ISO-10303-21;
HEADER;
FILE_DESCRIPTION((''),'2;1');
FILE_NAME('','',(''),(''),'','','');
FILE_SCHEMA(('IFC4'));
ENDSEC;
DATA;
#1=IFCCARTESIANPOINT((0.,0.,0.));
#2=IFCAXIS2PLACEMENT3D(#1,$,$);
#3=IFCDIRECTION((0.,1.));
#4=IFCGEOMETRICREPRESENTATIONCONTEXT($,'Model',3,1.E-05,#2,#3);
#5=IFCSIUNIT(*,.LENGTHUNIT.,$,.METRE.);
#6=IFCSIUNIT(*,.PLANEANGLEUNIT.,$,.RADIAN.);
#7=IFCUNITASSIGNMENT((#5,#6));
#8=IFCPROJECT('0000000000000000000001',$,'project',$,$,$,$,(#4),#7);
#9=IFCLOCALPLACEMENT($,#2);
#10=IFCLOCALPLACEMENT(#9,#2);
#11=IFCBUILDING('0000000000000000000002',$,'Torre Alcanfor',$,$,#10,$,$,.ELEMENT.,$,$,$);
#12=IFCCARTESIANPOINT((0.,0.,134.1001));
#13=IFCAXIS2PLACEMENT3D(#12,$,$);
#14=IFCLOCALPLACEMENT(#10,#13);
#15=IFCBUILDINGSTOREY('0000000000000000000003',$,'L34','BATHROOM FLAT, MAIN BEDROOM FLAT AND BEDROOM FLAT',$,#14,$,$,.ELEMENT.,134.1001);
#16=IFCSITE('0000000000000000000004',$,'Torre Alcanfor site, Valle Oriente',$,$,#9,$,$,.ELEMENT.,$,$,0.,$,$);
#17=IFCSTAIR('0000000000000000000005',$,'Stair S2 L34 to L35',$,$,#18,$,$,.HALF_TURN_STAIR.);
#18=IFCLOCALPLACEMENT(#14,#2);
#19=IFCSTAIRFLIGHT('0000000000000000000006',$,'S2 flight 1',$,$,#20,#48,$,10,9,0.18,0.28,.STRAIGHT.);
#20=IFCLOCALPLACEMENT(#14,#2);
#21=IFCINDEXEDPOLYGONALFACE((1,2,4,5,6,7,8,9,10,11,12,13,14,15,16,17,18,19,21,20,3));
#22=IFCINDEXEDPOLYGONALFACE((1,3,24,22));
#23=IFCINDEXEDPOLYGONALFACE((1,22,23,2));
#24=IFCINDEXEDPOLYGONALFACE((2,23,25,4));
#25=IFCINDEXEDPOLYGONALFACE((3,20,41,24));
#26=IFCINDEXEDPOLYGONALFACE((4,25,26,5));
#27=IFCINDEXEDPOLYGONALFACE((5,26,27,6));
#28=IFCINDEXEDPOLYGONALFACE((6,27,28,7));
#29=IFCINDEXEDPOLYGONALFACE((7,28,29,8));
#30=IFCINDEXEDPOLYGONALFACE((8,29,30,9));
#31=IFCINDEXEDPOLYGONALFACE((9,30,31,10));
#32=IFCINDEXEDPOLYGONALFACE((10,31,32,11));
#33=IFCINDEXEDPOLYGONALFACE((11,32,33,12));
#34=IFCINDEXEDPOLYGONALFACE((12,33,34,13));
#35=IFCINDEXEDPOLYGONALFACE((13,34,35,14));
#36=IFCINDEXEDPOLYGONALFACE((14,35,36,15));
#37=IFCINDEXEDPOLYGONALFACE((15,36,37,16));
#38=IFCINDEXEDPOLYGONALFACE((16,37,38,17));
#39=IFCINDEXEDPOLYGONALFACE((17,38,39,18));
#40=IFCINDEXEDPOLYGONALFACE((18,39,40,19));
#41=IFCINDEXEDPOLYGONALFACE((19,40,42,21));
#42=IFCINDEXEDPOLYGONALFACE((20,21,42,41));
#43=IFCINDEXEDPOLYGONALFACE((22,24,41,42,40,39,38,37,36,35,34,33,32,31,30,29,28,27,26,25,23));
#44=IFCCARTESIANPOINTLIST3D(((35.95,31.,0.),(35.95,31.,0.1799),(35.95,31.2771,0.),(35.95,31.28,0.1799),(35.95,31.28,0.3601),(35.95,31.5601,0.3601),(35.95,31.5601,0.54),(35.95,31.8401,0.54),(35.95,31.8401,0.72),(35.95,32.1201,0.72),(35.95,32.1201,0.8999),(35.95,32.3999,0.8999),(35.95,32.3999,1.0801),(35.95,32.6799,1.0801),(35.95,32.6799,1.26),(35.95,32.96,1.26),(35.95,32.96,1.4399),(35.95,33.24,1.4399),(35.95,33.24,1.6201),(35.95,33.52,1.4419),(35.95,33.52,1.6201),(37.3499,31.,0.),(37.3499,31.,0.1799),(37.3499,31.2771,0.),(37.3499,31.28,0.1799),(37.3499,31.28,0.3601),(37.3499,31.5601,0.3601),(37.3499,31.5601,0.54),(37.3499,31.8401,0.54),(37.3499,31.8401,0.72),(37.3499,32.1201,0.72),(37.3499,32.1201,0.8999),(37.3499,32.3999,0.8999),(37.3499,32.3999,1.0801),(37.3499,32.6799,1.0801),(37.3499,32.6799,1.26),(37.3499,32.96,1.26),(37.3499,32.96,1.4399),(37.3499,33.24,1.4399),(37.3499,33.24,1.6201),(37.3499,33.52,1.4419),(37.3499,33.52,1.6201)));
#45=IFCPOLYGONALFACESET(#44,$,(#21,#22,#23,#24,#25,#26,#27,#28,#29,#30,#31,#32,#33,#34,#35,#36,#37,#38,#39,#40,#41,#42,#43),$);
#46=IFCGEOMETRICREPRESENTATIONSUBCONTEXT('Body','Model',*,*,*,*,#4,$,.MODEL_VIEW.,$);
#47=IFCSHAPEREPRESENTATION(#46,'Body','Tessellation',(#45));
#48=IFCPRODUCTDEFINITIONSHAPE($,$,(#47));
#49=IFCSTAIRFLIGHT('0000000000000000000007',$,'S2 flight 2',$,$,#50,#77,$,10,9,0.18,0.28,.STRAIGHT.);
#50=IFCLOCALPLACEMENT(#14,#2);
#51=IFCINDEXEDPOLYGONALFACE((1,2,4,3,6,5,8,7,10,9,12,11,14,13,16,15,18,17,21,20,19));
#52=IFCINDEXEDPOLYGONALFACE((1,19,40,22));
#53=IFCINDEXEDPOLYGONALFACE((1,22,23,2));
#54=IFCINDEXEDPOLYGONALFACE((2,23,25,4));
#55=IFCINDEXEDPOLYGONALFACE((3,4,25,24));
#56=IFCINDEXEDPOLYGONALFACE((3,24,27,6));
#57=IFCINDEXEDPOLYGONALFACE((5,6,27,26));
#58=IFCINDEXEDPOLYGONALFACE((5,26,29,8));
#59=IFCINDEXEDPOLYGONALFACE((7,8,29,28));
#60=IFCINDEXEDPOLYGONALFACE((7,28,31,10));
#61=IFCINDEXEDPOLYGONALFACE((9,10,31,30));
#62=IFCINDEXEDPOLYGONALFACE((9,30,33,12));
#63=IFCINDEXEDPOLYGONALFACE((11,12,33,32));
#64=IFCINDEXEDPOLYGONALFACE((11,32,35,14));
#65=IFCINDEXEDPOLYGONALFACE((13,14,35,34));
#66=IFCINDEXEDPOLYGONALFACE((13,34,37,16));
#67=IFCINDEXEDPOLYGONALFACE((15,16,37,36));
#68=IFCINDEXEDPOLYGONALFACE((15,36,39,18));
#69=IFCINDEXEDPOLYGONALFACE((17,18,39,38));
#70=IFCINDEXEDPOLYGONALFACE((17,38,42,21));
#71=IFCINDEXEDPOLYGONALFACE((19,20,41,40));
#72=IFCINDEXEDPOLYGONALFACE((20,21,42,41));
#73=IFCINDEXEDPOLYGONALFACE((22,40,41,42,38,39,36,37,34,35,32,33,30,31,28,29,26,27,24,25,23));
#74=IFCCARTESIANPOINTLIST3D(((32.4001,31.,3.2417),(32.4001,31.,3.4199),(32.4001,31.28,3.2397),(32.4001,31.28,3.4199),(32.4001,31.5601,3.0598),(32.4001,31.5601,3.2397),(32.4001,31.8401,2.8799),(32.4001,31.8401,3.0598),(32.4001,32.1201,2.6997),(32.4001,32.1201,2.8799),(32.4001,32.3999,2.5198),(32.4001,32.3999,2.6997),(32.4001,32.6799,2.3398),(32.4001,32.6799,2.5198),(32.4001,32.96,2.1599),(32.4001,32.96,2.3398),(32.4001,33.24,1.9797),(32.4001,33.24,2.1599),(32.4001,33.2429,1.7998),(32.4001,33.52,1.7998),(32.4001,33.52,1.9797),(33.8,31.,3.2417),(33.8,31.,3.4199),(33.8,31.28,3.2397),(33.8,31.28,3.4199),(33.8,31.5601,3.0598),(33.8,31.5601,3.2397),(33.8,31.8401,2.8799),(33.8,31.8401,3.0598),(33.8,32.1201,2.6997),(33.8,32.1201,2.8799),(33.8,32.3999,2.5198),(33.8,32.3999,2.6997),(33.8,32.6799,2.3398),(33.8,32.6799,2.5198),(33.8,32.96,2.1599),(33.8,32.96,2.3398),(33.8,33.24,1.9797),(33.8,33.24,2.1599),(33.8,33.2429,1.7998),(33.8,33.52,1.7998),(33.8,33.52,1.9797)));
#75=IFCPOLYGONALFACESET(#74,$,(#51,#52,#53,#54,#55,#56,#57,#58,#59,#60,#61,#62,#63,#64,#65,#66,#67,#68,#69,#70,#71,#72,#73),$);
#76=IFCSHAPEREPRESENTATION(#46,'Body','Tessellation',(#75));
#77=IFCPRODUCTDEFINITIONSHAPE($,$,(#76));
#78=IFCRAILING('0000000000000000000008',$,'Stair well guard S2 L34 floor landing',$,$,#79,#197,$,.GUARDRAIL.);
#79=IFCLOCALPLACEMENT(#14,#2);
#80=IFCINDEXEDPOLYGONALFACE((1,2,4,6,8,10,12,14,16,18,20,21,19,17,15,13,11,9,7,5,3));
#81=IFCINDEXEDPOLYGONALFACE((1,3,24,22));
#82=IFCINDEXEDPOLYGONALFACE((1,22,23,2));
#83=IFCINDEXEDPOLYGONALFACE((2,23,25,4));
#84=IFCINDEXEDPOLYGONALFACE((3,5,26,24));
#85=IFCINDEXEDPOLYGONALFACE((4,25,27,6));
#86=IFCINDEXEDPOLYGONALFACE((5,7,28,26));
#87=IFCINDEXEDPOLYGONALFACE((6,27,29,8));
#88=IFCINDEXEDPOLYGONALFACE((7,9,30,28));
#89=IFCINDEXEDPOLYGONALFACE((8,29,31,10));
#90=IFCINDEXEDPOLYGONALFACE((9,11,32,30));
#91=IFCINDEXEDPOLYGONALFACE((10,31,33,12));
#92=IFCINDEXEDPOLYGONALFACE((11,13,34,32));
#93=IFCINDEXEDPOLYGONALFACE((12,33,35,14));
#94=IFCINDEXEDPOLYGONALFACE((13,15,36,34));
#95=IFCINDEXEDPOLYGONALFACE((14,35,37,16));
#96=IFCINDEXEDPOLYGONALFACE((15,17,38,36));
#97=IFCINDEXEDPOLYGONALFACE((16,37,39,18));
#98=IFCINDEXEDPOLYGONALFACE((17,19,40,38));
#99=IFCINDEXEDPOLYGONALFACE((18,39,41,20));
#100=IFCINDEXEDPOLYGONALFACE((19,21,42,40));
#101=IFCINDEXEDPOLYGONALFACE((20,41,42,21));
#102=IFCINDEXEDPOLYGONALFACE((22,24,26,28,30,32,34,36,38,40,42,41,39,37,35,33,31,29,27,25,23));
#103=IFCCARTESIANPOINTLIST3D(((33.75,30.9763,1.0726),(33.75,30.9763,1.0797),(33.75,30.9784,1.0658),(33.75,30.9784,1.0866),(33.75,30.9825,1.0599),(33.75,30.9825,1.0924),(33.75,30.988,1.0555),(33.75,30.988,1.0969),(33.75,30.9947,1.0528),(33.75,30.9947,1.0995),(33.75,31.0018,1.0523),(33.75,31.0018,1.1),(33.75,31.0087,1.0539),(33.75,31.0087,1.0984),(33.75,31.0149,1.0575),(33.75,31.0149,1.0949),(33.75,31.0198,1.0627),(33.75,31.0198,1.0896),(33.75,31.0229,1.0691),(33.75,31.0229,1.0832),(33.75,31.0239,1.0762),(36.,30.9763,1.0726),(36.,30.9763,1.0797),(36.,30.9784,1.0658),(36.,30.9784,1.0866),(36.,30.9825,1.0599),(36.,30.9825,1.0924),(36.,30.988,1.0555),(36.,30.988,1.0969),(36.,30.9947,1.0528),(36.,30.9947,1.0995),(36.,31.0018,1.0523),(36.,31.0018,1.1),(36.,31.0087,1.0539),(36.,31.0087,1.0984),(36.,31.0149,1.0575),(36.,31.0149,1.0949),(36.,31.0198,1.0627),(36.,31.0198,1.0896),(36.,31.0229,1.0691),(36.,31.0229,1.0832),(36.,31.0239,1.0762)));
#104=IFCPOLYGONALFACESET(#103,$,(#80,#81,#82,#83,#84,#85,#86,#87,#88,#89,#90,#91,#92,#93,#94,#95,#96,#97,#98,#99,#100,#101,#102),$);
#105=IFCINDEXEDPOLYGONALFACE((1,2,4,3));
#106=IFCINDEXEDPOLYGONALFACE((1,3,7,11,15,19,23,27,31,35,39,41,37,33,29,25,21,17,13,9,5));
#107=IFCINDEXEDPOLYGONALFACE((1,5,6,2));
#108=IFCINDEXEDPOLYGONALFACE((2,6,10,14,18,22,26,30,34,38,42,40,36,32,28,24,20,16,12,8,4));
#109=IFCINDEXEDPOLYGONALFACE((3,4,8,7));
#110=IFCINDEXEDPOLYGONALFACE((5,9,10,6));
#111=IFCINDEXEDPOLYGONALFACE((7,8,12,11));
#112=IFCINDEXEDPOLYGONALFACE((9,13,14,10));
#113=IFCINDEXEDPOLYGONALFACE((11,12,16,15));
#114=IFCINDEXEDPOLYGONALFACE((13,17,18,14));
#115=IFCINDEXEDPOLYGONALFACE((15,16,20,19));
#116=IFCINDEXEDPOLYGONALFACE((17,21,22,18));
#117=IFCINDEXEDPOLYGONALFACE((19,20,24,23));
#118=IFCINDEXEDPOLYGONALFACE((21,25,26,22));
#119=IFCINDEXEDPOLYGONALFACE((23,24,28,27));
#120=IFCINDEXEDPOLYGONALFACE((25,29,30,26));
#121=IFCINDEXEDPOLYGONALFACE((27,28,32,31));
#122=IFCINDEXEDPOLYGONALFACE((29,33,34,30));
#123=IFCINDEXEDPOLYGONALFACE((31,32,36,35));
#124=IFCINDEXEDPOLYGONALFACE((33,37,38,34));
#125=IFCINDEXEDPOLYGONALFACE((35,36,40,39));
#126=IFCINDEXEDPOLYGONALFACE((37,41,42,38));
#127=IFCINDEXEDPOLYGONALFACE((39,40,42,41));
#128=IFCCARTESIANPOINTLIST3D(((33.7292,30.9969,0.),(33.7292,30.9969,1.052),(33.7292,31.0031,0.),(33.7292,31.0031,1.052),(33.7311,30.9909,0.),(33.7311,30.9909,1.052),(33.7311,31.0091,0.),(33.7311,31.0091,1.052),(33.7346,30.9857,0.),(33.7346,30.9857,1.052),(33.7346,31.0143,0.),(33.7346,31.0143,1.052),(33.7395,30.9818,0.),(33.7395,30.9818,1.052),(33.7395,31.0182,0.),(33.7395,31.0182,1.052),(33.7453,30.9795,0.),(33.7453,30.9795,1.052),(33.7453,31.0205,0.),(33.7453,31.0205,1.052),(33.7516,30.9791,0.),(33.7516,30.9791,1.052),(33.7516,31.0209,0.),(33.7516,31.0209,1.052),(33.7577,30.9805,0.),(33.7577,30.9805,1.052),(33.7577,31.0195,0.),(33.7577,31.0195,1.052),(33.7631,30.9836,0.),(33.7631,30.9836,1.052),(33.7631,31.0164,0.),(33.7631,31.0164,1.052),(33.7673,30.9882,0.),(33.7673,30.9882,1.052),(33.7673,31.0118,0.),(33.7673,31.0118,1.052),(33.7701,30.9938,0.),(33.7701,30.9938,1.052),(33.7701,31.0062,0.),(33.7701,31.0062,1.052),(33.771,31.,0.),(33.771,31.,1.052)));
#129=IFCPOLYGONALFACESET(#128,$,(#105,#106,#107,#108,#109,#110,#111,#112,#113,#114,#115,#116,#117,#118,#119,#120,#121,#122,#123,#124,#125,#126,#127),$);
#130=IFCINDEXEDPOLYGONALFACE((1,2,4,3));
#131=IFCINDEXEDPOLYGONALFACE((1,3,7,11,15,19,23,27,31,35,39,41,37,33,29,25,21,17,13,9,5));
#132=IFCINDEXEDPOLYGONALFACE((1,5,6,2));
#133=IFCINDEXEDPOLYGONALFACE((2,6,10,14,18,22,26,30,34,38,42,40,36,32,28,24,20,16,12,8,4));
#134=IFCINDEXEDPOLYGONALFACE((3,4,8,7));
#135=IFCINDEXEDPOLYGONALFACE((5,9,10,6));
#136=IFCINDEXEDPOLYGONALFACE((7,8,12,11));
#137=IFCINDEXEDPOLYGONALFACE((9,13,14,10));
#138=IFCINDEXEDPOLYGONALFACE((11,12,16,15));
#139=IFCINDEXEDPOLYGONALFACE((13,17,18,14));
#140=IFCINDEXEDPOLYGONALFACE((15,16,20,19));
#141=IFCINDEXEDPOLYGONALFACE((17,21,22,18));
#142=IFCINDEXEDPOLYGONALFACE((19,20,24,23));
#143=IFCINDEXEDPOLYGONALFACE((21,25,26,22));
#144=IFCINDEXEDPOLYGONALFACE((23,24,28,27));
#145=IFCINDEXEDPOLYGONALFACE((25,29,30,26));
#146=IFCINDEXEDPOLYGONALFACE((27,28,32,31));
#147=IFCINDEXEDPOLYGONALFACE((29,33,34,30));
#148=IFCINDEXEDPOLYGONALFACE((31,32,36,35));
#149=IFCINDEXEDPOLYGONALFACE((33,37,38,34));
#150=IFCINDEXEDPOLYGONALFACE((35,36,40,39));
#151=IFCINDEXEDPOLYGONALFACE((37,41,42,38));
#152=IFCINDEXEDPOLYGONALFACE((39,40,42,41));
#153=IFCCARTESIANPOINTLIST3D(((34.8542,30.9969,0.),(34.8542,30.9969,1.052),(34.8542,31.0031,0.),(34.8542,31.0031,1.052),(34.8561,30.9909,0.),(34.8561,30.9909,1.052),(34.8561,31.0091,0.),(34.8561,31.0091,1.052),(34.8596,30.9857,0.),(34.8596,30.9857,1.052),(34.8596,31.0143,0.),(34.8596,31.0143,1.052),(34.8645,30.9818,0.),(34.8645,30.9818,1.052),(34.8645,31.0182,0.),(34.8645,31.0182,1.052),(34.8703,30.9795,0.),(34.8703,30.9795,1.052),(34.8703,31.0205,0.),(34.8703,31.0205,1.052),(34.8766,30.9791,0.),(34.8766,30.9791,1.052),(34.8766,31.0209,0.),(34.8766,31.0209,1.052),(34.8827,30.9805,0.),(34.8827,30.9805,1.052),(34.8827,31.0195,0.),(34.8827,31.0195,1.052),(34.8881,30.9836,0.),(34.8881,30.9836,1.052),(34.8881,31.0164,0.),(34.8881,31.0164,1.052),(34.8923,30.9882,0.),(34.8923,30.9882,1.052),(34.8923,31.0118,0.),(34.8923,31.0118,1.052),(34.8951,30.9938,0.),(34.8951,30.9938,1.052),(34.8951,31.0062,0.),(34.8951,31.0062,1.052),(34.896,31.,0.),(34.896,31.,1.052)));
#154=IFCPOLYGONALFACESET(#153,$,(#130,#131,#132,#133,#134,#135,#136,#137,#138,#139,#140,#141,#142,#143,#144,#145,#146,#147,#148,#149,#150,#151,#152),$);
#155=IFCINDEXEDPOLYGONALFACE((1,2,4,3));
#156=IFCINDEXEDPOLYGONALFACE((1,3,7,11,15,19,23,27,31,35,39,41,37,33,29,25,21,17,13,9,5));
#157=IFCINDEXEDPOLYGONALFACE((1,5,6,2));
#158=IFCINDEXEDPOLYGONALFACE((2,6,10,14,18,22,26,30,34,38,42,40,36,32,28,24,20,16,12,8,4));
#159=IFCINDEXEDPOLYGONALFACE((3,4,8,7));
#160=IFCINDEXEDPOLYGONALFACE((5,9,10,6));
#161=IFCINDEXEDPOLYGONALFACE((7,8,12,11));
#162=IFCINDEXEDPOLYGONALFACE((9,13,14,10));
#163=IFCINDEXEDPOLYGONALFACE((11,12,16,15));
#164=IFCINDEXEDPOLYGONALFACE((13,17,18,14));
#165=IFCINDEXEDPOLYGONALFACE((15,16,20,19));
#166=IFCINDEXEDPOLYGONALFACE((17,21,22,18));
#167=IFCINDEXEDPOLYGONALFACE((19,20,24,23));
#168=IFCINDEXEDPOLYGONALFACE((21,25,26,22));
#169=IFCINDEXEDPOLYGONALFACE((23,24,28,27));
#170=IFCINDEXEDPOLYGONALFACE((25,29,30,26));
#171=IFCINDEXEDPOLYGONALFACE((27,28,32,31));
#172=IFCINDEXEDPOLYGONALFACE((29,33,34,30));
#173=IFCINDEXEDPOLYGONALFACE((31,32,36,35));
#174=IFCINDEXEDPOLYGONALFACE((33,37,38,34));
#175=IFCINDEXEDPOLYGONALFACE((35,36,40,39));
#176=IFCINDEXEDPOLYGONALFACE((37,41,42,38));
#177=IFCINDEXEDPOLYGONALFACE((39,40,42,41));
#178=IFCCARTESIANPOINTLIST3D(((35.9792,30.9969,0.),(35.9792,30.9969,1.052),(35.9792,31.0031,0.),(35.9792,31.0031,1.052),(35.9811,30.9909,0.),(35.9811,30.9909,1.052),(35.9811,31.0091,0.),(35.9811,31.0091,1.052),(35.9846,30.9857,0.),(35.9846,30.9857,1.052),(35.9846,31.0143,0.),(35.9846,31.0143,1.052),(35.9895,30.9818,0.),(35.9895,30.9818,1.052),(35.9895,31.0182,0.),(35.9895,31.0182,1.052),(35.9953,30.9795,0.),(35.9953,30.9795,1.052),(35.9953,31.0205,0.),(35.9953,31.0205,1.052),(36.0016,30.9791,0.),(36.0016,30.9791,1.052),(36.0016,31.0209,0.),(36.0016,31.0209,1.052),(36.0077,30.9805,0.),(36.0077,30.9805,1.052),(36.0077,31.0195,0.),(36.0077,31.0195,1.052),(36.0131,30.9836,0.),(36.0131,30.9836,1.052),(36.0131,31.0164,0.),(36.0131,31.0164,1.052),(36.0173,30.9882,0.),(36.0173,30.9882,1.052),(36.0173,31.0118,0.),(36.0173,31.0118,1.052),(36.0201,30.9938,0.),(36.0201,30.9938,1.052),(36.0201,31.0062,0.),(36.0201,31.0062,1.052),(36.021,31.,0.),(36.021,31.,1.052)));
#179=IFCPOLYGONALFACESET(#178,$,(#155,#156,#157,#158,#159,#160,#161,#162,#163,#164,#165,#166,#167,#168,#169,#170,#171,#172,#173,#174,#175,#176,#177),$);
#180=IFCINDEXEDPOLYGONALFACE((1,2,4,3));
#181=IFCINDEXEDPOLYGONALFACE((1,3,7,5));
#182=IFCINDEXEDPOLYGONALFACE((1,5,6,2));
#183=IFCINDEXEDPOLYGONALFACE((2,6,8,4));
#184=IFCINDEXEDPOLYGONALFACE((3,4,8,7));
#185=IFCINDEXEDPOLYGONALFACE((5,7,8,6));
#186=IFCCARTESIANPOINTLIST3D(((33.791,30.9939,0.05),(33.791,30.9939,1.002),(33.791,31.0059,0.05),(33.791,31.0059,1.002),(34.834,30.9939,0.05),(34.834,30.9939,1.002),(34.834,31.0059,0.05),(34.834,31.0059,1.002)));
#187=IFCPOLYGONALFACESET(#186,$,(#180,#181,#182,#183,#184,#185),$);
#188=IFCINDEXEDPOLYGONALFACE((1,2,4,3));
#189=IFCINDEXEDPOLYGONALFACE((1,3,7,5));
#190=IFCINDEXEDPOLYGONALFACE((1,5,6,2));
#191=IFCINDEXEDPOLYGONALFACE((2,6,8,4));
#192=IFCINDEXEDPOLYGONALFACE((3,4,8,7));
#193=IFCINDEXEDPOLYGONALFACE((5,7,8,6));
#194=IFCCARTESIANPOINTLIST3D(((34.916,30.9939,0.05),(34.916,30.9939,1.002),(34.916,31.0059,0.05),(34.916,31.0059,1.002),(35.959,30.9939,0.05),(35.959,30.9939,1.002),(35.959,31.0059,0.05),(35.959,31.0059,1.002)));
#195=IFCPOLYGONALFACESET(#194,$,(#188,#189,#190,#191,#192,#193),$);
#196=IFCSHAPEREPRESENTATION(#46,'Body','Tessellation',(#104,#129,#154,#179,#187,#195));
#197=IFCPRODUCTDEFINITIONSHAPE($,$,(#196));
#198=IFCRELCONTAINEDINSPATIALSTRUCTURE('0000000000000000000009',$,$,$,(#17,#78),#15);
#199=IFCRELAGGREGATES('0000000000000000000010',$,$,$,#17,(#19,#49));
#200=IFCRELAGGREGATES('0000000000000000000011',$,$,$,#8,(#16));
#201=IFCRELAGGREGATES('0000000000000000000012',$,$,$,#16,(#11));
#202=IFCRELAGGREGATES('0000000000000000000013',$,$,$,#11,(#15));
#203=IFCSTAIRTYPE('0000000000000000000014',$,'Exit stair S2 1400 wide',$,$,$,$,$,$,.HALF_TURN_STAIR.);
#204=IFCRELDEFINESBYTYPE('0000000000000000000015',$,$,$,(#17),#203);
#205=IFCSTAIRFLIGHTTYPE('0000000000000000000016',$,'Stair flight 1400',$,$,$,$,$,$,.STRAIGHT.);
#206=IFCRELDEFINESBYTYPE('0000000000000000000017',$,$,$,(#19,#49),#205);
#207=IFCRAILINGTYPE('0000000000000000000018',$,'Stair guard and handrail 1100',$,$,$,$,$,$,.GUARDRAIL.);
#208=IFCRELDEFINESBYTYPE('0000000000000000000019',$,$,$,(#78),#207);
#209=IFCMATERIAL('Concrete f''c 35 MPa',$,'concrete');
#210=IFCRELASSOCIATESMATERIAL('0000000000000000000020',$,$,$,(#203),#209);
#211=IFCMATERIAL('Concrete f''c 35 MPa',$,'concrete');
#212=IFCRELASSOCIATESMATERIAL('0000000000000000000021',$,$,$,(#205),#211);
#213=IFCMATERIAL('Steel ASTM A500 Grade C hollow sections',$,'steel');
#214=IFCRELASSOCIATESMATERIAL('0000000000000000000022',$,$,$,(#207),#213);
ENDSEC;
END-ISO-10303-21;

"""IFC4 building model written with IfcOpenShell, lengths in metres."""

from ifc_helpers import new_model, si_unit, direction, frame, origin, origin_2d, place, context, subcontext, project, spatial, polyline, circle, outline, extrude, material, type_object, element, aggregate, save


model = new_model("IFC4")

# Units and contexts
model_context = context("Model", 3, precision=1e-05, world=origin(), true_north=direction((0.0, 1.0)))
body_context = subcontext(model_context, "Body", "Model", "MODEL_VIEW")
ifc_project = project(units=[si_unit("LENGTHUNIT", "METRE"), si_unit("PLANEANGLEUNIT", "RADIAN")], contexts=[model_context])

# Site, building, storey
site_placement = place(None, origin())
site = spatial("IfcSite", under=ifc_project, at=site_placement, Name="Torre Alcanfor site, Valle Oriente", CompositionType="ELEMENT", RefElevation=0.0)
building_placement = place(site_placement, origin())
building = spatial("IfcBuilding", under=site, at=building_placement, Name="Torre Alcanfor", CompositionType="ELEMENT")
storey_placement = place(building_placement, frame((0.0, 0.0, 134.1001)))
storey = spatial("IfcBuildingStorey", under=building, at=storey_placement, Name="L34", Description="BATHROOM FLAT, MAIN BEDROOM FLAT AND BEDROOM FLAT", CompositionType="ELEMENT", Elevation=134.1001)

# Stair, stair flights
ifc_material_1 = material(Name="Concrete f'c 35 MPa", Category="concrete")
stair_type = type_object("IfcStairType", Name="Exit stair S2 1400 wide", PredefinedType="HALF_TURN_STAIR", material=ifc_material_1)
stair_placement = place(storey_placement, origin())
stair = element("IfcStair", 1, at=stair_placement, inside=storey, type_object=stair_type, Name="Stair S2 L34 to L35", PredefinedType="HALF_TURN_STAIR")
ifc_material_2 = material(Name="Concrete f'c 35 MPa", Category="concrete")
stair_flight_type = type_object("IfcStairFlightType", Name="Stair flight 1400", PredefinedType="STRAIGHT", material=ifc_material_2)
stair_flight_1_placement = place(storey_placement, frame((36.6499, 31.0, 0.0), z_axis=(0.0, 0.0, 1.0), x_axis=(0.0, 1.0, 0.0)))
stair_flight_1 = element("IfcStairFlight", 2, at=stair_flight_1_placement, type_object=stair_flight_type, Name="S2 flight 1", NumberOfRisers=10, NumberOfTreads=9, PredefinedType="STRAIGHT", RiserHeight=0.18, TreadLength=0.28, context=body_context, shape_type="SweptSolid", body=[
    extrude(outline(polyline([(0.0, 0.0), (0.0, 0.1799), (0.28, 0.1799), (0.28, 0.3601), (0.5601, 0.3601), (0.5601, 0.54), (0.8401, 0.54), (0.8401, 0.72), (1.1201, 0.72), (1.1201, 0.8999), (1.3999, 0.8999), (1.3999, 1.0801), (1.6799, 1.0801), (1.6799, 1.26), (1.96, 1.26), (1.96, 1.4399), (2.24, 1.4399), (2.24, 1.6201), (2.52, 1.6201), (2.52, 1.8), (2.52, 1.4419), (0.2771, 0.0), (0.0, 0.0)])), frame((0.0, 0.7, 0.0), z_axis=(0.0, -1.0, 0.0), x_axis=(1.0, 0.0, 0.0)), (0.0, 0.0, 1.0), 1.3999),
])
stair_flight_2_placement = place(storey_placement, frame((33.1001, 33.52, 1.7998), z_axis=(0.0, 0.0, 1.0), x_axis=(0.0, -1.0, 0.0)))
stair_flight_2 = element("IfcStairFlight", 3, at=stair_flight_2_placement, type_object=stair_flight_type, Name="S2 flight 2", NumberOfRisers=10, NumberOfTreads=9, PredefinedType="STRAIGHT", RiserHeight=0.18, TreadLength=0.28, context=body_context, shape_type="SweptSolid", body=[
    extrude(outline(polyline([(0.0, 0.0), (0.0, 0.1799), (0.28, 0.1799), (0.28, 0.3601), (0.5601, 0.3601), (0.5601, 0.54), (0.8401, 0.54), (0.8401, 0.72), (1.1201, 0.72), (1.1201, 0.8999), (1.3999, 0.8999), (1.3999, 1.0801), (1.6799, 1.0801), (1.6799, 1.26), (1.96, 1.26), (1.96, 1.4399), (2.24, 1.4399), (2.24, 1.6201), (2.52, 1.6201), (2.52, 1.8), (2.52, 1.4419), (0.2771, 0.0), (0.0, 0.0)])), frame((0.0, 0.7, 0.0), z_axis=(0.0, -1.0, 0.0), x_axis=(1.0, 0.0, 0.0)), (0.0, 0.0, 1.0), 1.3999),
])
aggregate(stair, [stair_flight_1, stair_flight_2])

# Railing
ifc_material_3 = material(Name="Steel ASTM A500 Grade C hollow sections", Category="steel")
railing_type_1 = type_object("IfcRailingType", Name="Stair guard and handrail 1100", PredefinedType="GUARDRAIL", material=ifc_material_3)
for number, where, name in (
    (4, (33.75, 31.0, 0.0), "Stair well guard S2 L34 floor landing"),
):
    element("IfcRailing", number, at=place(storey_placement, frame(where)), inside=storey, type_object=railing_type_1, Name=name, PredefinedType="GUARDRAIL", context=body_context, shape_type="SweptSolid", body=[
        extrude(circle(Radius=0.0239, at=origin_2d()), frame((0.0, 0.0, 1.0762), z_axis=(1.0, 0.0, 0.0), x_axis=(0.0, 1.0, 0.0)), (0.0, 0.0, 1.0), 2.25),
        extrude(circle(Radius=0.021, at=origin_2d()), origin(), (0.0, 0.0, 1.0), 1.052),
        extrude(circle(Radius=0.021, at=origin_2d()), frame((1.125, 0.0, 0.0)), (0.0, 0.0, 1.0), 1.052),
        extrude(circle(Radius=0.021, at=origin_2d()), frame((2.25, 0.0, 0.0)), (0.0, 0.0, 1.0), 1.052),
        extrude(outline(polyline([(0.041, 0.05), (1.084, 0.05), (1.084, 1.002), (0.041, 1.002), (0.041, 0.05)])), frame((0.0, 0.0059, 0.0), z_axis=(0.0, -1.0, 0.0), x_axis=(1.0, 0.0, 0.0)), (0.0, 0.0, 1.0), 0.012),
        extrude(outline(polyline([(1.166, 0.05), (2.209, 0.05), (2.209, 1.002), (1.166, 1.002), (1.166, 0.05)])), frame((0.0, 0.0059, 0.0), z_axis=(0.0, -1.0, 0.0), x_axis=(1.0, 0.0, 0.0)), (0.0, 0.0, 1.0), 0.012),
    ])

save(model, "model.ifc")
